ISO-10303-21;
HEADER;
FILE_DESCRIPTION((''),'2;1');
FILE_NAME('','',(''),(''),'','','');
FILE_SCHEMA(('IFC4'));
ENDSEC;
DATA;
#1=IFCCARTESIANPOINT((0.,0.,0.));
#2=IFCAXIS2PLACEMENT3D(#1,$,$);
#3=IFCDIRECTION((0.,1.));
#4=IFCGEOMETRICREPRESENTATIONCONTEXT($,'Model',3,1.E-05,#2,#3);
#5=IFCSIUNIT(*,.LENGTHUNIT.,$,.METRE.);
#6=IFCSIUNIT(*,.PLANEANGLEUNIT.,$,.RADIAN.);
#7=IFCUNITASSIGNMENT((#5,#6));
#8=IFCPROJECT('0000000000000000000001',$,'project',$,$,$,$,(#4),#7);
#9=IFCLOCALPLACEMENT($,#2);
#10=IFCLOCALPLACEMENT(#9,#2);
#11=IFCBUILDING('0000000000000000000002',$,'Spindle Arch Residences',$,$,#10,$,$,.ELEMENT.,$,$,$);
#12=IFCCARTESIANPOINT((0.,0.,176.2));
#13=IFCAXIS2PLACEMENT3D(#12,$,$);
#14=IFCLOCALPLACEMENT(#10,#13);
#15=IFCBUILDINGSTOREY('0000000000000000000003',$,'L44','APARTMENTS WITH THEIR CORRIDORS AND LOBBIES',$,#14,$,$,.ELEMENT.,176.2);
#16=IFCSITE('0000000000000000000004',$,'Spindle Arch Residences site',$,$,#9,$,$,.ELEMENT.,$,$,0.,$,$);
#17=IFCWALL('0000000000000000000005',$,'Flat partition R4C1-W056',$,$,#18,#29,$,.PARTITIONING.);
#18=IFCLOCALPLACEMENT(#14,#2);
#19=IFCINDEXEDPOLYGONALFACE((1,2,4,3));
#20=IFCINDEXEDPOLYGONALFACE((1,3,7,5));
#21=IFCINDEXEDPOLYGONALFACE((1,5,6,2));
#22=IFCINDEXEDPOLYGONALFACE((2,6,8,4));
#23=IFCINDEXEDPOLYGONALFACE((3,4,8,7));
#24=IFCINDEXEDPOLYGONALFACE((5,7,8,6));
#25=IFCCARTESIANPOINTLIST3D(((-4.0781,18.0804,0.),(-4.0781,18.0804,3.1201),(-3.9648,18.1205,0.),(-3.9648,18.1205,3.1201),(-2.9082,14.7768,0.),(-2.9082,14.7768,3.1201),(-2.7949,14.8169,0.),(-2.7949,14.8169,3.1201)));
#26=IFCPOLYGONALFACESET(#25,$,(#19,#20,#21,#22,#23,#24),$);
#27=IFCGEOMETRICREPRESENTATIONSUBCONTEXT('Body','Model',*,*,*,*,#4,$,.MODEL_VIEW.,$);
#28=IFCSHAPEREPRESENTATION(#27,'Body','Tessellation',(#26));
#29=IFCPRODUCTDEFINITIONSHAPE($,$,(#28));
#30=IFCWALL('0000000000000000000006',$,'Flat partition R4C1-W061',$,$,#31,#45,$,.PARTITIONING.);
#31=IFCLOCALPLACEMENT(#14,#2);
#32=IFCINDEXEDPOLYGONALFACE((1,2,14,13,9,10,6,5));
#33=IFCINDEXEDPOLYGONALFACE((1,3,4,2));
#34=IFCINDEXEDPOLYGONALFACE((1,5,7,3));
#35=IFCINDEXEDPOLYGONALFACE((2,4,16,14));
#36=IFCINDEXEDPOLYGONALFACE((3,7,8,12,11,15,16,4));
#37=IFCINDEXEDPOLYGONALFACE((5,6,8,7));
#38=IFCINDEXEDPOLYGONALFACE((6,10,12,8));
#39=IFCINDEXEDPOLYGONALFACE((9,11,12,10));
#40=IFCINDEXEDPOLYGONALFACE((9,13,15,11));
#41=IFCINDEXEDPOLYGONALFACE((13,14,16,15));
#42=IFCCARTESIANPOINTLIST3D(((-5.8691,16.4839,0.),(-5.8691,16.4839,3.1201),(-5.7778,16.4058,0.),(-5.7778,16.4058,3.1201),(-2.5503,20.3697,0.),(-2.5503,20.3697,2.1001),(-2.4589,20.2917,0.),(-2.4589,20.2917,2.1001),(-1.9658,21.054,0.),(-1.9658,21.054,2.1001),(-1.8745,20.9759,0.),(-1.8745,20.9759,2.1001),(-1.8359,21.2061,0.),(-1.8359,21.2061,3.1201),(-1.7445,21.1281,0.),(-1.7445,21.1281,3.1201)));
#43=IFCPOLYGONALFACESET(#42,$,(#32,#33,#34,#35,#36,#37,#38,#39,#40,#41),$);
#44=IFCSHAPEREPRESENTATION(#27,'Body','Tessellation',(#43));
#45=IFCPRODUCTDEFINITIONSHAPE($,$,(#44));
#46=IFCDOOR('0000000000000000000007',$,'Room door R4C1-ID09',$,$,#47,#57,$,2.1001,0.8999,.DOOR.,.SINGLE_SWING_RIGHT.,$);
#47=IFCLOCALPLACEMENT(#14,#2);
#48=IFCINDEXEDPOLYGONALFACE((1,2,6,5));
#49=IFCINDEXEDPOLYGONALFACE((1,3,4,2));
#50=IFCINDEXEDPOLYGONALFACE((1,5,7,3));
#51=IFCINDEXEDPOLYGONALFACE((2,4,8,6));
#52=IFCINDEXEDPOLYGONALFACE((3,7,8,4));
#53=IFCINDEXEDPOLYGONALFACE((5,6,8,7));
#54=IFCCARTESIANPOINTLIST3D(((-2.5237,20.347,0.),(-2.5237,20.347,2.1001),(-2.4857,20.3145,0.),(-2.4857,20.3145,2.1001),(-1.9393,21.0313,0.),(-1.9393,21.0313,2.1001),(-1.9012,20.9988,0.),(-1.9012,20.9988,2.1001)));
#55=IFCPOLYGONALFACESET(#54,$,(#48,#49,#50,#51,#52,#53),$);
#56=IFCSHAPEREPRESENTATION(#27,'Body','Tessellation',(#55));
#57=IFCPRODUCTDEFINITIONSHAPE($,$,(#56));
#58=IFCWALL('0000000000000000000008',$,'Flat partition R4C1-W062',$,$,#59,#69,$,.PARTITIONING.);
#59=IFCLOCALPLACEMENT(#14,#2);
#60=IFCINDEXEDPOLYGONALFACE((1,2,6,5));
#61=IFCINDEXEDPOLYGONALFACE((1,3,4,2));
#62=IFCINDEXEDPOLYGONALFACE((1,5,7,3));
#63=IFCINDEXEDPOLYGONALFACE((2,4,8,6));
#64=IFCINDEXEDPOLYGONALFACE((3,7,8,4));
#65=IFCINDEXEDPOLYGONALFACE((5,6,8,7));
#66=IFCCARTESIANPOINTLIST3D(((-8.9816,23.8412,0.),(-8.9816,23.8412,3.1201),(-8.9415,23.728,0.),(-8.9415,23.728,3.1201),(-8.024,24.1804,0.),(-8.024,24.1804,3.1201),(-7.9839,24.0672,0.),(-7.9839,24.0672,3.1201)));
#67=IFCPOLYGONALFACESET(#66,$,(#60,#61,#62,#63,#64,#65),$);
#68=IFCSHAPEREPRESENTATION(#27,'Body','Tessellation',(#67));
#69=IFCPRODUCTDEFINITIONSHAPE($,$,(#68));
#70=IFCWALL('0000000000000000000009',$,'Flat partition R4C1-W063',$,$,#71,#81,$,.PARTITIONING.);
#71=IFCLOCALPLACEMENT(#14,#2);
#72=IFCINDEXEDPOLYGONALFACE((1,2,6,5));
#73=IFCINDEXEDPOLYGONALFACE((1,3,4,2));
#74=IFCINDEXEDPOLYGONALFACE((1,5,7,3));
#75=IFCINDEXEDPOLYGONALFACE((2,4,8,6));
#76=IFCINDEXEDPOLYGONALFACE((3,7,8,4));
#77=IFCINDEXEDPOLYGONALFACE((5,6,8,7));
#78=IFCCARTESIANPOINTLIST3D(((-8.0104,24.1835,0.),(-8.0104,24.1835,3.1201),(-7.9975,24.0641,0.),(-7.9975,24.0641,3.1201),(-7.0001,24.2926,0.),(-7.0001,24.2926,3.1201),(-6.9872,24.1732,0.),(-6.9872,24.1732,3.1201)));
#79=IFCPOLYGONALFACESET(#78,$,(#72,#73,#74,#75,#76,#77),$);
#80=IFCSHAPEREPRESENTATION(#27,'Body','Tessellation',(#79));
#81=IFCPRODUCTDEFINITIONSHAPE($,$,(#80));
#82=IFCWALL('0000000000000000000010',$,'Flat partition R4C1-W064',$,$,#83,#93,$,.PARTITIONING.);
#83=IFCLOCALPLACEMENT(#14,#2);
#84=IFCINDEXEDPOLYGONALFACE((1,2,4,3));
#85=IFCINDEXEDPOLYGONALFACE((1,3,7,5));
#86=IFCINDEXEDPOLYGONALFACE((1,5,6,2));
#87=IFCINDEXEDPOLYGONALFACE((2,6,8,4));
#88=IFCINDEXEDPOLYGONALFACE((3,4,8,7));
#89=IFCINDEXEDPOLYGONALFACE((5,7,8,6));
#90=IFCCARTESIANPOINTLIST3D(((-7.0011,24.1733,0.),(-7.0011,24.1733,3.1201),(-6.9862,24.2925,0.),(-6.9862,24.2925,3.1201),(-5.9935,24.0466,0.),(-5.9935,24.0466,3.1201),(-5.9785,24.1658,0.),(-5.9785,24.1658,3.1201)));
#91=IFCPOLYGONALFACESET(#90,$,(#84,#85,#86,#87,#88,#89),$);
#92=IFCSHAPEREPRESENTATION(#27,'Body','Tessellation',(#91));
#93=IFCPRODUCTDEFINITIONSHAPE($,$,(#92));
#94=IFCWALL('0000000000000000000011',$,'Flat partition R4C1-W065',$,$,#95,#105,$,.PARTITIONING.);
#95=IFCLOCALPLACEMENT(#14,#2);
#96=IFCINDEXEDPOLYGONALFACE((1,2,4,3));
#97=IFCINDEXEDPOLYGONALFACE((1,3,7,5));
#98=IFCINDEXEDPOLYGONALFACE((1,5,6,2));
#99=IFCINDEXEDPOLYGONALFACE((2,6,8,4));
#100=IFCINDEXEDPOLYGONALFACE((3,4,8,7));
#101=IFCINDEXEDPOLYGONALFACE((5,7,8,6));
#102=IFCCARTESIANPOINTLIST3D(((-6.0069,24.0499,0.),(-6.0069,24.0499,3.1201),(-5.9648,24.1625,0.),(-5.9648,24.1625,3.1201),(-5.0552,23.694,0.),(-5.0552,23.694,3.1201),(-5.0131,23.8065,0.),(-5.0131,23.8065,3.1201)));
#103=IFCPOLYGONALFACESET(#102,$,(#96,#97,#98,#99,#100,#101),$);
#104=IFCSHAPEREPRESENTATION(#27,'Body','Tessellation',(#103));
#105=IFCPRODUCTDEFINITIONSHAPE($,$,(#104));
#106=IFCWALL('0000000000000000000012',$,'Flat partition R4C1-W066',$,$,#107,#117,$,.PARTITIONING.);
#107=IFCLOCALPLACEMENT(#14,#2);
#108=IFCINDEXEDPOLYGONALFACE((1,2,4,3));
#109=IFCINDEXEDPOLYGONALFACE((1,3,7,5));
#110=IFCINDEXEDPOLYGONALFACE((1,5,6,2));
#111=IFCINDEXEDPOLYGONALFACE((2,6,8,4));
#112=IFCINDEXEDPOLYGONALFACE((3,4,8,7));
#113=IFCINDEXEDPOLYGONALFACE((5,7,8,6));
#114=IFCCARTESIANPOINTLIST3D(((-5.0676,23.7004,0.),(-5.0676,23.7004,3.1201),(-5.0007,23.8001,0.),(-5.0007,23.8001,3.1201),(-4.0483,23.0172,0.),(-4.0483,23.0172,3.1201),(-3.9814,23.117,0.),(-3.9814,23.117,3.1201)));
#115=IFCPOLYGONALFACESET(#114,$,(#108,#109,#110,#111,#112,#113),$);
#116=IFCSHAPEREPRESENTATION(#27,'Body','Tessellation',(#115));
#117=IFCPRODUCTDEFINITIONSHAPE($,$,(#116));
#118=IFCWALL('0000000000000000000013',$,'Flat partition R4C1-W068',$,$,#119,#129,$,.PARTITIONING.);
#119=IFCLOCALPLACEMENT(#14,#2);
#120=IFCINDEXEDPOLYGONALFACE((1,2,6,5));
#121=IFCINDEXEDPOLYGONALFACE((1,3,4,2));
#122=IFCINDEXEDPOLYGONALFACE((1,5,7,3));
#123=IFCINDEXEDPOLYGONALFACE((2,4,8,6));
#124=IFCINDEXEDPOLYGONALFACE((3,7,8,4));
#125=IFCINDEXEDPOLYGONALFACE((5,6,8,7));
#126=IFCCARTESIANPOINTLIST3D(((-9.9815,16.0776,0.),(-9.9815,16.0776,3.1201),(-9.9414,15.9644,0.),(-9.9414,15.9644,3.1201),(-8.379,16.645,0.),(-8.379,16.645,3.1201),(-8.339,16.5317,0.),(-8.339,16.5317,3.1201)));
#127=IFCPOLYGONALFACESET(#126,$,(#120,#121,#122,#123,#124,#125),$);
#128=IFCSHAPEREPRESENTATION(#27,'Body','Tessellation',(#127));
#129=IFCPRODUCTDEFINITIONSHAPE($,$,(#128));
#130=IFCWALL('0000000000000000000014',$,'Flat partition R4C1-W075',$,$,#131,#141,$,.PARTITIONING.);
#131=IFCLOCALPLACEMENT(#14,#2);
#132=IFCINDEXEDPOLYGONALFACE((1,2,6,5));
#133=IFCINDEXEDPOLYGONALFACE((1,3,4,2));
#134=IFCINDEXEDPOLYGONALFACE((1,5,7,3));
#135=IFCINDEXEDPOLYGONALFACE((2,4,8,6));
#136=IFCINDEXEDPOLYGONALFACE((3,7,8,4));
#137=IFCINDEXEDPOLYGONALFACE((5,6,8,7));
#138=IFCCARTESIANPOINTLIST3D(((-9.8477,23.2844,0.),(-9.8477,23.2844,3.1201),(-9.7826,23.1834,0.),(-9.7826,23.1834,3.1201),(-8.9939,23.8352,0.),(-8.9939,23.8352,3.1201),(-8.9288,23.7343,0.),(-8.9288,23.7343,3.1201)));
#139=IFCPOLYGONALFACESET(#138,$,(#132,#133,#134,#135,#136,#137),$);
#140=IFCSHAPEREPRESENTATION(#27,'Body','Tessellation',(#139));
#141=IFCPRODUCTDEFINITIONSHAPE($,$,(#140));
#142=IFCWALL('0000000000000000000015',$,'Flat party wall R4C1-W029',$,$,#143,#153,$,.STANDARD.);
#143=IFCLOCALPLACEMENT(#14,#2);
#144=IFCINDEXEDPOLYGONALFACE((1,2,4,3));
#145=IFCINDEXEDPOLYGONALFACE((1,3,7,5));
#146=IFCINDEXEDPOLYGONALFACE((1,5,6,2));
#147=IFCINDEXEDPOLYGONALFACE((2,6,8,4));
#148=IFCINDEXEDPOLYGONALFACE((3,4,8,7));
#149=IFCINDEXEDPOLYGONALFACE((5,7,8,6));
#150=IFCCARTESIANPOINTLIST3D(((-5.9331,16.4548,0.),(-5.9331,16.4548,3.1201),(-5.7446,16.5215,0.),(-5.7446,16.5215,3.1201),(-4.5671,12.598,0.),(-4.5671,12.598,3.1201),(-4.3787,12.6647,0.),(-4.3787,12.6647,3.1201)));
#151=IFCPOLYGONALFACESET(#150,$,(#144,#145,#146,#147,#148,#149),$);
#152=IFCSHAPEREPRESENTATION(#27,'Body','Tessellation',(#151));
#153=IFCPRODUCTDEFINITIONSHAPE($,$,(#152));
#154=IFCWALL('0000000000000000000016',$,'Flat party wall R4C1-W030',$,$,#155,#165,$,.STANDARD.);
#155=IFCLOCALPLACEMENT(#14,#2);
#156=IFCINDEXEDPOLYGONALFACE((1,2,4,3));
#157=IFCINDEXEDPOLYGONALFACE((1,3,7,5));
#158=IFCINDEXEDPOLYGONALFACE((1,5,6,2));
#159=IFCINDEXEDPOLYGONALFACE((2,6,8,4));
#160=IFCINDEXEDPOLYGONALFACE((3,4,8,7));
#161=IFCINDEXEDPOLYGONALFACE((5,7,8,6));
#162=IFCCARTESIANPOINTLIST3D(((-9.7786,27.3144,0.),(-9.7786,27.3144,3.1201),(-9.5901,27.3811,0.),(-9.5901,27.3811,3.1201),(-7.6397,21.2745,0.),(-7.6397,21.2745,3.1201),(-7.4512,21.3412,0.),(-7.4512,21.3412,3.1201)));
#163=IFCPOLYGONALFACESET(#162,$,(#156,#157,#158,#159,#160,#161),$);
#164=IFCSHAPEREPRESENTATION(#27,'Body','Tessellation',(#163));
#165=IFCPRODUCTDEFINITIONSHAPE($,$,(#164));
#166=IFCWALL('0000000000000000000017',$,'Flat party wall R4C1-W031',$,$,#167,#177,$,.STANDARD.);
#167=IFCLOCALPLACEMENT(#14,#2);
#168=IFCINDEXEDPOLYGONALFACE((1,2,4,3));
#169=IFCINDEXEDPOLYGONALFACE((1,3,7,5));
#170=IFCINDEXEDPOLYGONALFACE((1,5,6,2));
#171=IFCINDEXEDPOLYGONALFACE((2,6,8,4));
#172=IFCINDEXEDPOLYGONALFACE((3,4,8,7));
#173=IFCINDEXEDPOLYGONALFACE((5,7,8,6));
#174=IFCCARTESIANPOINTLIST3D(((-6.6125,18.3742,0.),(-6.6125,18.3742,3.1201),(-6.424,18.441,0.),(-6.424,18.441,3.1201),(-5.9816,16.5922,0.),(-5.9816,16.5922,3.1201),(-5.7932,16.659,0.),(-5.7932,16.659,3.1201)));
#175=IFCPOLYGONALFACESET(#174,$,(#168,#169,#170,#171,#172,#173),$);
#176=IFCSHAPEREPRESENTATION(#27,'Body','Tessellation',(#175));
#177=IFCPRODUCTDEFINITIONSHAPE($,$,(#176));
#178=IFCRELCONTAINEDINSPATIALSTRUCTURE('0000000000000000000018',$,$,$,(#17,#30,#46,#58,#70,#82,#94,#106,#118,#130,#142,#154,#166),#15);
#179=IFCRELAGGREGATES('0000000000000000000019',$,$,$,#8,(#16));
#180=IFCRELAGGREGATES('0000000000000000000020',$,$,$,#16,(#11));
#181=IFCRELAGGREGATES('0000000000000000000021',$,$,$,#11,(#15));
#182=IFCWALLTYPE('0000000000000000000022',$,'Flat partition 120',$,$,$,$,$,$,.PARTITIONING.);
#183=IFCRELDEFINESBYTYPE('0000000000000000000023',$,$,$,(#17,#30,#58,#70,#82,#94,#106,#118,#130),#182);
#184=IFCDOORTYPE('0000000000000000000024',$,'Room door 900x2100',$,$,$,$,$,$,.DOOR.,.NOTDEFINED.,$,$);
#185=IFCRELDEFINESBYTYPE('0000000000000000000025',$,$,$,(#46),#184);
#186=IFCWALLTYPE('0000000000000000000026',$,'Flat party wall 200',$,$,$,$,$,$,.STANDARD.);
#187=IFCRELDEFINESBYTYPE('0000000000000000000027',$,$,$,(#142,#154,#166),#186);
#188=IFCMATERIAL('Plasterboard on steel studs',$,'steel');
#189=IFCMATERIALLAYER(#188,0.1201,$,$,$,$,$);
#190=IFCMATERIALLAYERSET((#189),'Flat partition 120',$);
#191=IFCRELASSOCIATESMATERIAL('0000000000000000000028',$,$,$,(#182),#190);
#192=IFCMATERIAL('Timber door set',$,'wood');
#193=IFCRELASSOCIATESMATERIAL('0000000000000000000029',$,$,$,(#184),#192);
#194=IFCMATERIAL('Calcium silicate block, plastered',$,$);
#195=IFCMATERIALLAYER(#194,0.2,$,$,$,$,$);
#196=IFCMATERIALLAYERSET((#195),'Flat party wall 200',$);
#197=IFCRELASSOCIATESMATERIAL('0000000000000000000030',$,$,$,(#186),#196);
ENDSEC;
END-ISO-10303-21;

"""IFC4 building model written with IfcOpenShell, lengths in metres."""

from ifc_helpers import new_model, si_unit, direction, frame, frame_2d, origin, place, context, subcontext, project, spatial, rectangle, extrude, material, layer, layer_set, type_object, element, fill, save


model = new_model("IFC4")

# Units and contexts
model_context = context("Model", 3, precision=1e-05, world=origin(), true_north=direction((0.0, 1.0)))
body_context = subcontext(model_context, "Body", "Model", "MODEL_VIEW")
ifc_project = project(units=[si_unit("LENGTHUNIT", "METRE"), si_unit("PLANEANGLEUNIT", "RADIAN")], contexts=[model_context])

# Site, building, storey
site_placement = place(None, origin())
site = spatial("IfcSite", under=ifc_project, at=site_placement, Name="Spindle Arch Residences site", CompositionType="ELEMENT", RefElevation=0.0)
building_placement = place(site_placement, origin())
building = spatial("IfcBuilding", under=site, at=building_placement, Name="Spindle Arch Residences", CompositionType="ELEMENT")
storey_placement = place(building_placement, frame((0.0, 0.0, 176.2)))
storey = spatial("IfcBuildingStorey", under=building, at=storey_placement, Name="L44", Description="APARTMENTS WITH THEIR CORRIDORS AND LOBBIES", CompositionType="ELEMENT", Elevation=176.2)

# Wall
ifc_material_1 = material(Name="Plasterboard on steel studs", Category="steel")
ifc_layer_1 = layer(ifc_material_1, 0.1201)
ifc_layer_set_1 = layer_set([ifc_layer_1], Name="Flat partition 120")
wall_type_1 = type_object("IfcWallType", Name="Flat partition 120", PredefinedType="PARTITIONING", material=ifc_layer_set_1)
wall_1_placement = place(storey_placement, frame((-4.0215, 18.1006, 0.0), z_axis=(0.0, 0.0, 1.0), x_axis=(0.333811, -0.94264, 0.0)))
element("IfcWall", 1, at=wall_1_placement, inside=storey, type_object=wall_type_1, Name="Flat partition R4C1-W056", PredefinedType="PARTITIONING", context=body_context, shape_type="SweptSolid", body=[
    extrude(rectangle(XDim=3.5046, YDim=0.1201, at=frame_2d((1.7524, 0.0))), origin(), (0.0, 0.0, 1.0), 3.1201),
])

# Wall, opening, door
wall_2_placement = place(storey_placement, frame((-1.7903, 21.167, 0.0), z_axis=(0.0, 0.0, 1.0), x_axis=(-0.649456, -0.760399, 0.0)))
wall_2 = element("IfcWall", 2, at=wall_2_placement, inside=storey, type_object=wall_type_1, Name="Flat partition R4C1-W061", PredefinedType="PARTITIONING", context=body_context, shape_type="SweptSolid", body=[
    extrude(rectangle(XDim=6.2102, YDim=0.1201, at=frame_2d((3.105, 0.0))), origin(), (0.0, 0.0, 1.0), 3.1201),
])
opening_placement = place(wall_2_placement, frame((0.2, 0.0, 0.0)))
opening = element("IfcOpeningElement", 3, at=opening_placement, cuts=wall_2, PredefinedType="OPENING", context=body_context, shape_type="SweptSolid", body=[
    extrude(rectangle(XDim=0.8999, YDim=2.1001, at=frame_2d((0.45, 1.05))), frame((0.0, 0.0701, 0.0), z_axis=(0.0, -1.0, 0.0), x_axis=(1.0, 0.0, 0.0)), (0.0, 0.0, 1.0), 0.1401),
])
ifc_material_2 = material(Name="Timber door set", Category="wood")
door_type = type_object("IfcDoorType", Name="Room door 900x2100", OperationType="NOTDEFINED", PredefinedType="DOOR", material=ifc_material_2)
door_placement = place(opening_placement, origin())
door = element("IfcDoor", 4, at=door_placement, inside=storey, type_object=door_type, Name="Room door R4C1-ID09", OperationType="SINGLE_SWING_RIGHT", OverallHeight=2.1001, OverallWidth=0.8999, PredefinedType="DOOR", context=body_context, shape_type="SweptSolid", body=[
    extrude(rectangle(XDim=0.8999, YDim=2.1001, at=frame_2d((0.45, 1.05))), frame((0.0, 0.0249, 0.0), z_axis=(0.0, -1.0, 0.0), x_axis=(1.0, 0.0, 0.0)), (0.0, 0.0, 1.0), 0.05),
])
fill(opening, door)

# Walls
wall_3_placement = place(storey_placement, frame((-8.9614, 23.7847, 0.0), z_axis=(0.0, 0.0, 1.0), x_axis=(0.94263, 0.333838, 0.0)))
element("IfcWall", 5, at=wall_3_placement, inside=storey, type_object=wall_type_1, Name="Flat partition R4C1-W062", PredefinedType="PARTITIONING", context=body_context, shape_type="SweptSolid", body=[
    extrude(rectangle(XDim=1.0159, YDim=0.1201, at=frame_2d((0.5078, 0.0))), origin(), (0.0, 0.0, 1.0), 3.1201),
])
wall_4_placement = place(storey_placement, frame((-8.0039, 24.1238, 0.0), z_axis=(0.0, 0.0, 1.0), x_axis=(0.994216, 0.107398, 0.0)))
element("IfcWall", 6, at=wall_4_placement, inside=storey, type_object=wall_type_1, Name="Flat partition R4C1-W063", PredefinedType="PARTITIONING", context=body_context, shape_type="SweptSolid", body=[
    extrude(rectangle(XDim=1.0161, YDim=0.1201, at=frame_2d((0.5081, 0.0))), origin(), (0.0, 0.0, 1.0), 3.1201),
])
wall_5_placement = place(storey_placement, frame((-6.9937, 24.2329, 0.0), z_axis=(0.0, 0.0, 1.0), x_axis=(0.992189, -0.124745, 0.0)))
element("IfcWall", 7, at=wall_5_placement, inside=storey, type_object=wall_type_1, Name="Flat partition R4C1-W064", PredefinedType="PARTITIONING", context=body_context, shape_type="SweptSolid", body=[
    extrude(rectangle(XDim=1.0156, YDim=0.1201, at=frame_2d((0.5078, 0.0))), origin(), (0.0, 0.0, 1.0), 3.1201),
])
wall_6_placement = place(storey_placement, frame((-5.9858, 24.1062, 0.0), z_axis=(0.0, 0.0, 1.0), x_axis=(0.936625, -0.350333, 0.0)))
element("IfcWall", 8, at=wall_6_placement, inside=storey, type_object=wall_type_1, Name="Flat partition R4C1-W065", PredefinedType="PARTITIONING", context=body_context, shape_type="SweptSolid", body=[
    extrude(rectangle(XDim=1.0161, YDim=0.1201, at=frame_2d((0.5081, 0.0))), origin(), (0.0, 0.0, 1.0), 3.1201),
])
wall_7_placement = place(storey_placement, frame((-5.0342, 23.7502, 0.0), z_axis=(0.0, 0.0, 1.0), x_axis=(0.830701, -0.556719, 0.0)))
element("IfcWall", 9, at=wall_7_placement, inside=storey, type_object=wall_type_1, Name="Flat partition R4C1-W066", PredefinedType="PARTITIONING", context=body_context, shape_type="SweptSolid", body=[
    extrude(rectangle(XDim=1.2271, YDim=0.1201, at=frame_2d((0.6135, 0.0))), origin(), (0.0, 0.0, 1.0), 3.1201),
])
wall_8_placement = place(storey_placement, frame((-8.3589, 16.5884, 0.0), z_axis=(0.0, 0.0, 1.0), x_axis=(-0.942661, -0.333751, 0.0)))
element("IfcWall", 10, at=wall_8_placement, inside=storey, type_object=wall_type_1, Name="Flat partition R4C1-W068", PredefinedType="PARTITIONING", context=body_context, shape_type="SweptSolid", body=[
    extrude(rectangle(XDim=1.7, YDim=0.1201, at=frame_2d((0.8501, 0.0))), origin(), (0.0, 0.0, 1.0), 3.1201),
])
wall_9_placement = place(storey_placement, frame((-9.8152, 23.2339, 0.0), z_axis=(0.0, 0.0, 1.0), x_axis=(0.840311, 0.542105, 0.0)))
element("IfcWall", 11, at=wall_9_placement, inside=storey, type_object=wall_type_1, Name="Flat partition R4C1-W075", PredefinedType="PARTITIONING", context=body_context, shape_type="SweptSolid", body=[
    extrude(rectangle(XDim=1.0161, YDim=0.1201, at=frame_2d((0.5081, 0.0))), origin(), (0.0, 0.0, 1.0), 3.1201),
])
ifc_material_3 = material(Name="Calcium silicate block, plastered")
ifc_layer_2 = layer(ifc_material_3, 0.2)
ifc_layer_set_2 = layer_set([ifc_layer_2], Name="Flat party wall 200")
wall_type_2 = type_object("IfcWallType", Name="Flat party wall 200", PredefinedType="STANDARD", material=ifc_layer_set_2)
wall_10_placement = place(storey_placement, frame((-5.8389, 16.4883, 0.0), z_axis=(0.0, 0.0, 1.0), x_axis=(0.333841, -0.94263, 0.0)))
element("IfcWall", 12, at=wall_10_placement, inside=storey, type_object=wall_type_2, Name="Flat party wall R4C1-W029", PredefinedType="STANDARD", context=body_context, shape_type="SweptSolid", body=[
    extrude(rectangle(XDim=4.0916, YDim=0.2, at=frame_2d((2.0459, 0.0))), origin(), (0.0, 0.0, 1.0), 3.1201),
])
wall_11_placement = place(storey_placement, frame((-9.6843, 27.3477, 0.0), z_axis=(0.0, 0.0, 1.0), x_axis=(0.33381, -0.94264, 0.0)))
element("IfcWall", 13, at=wall_11_placement, inside=storey, type_object=wall_type_2, Name="Flat party wall R4C1-W030", PredefinedType="STANDARD", context=body_context, shape_type="SweptSolid", body=[
    extrude(rectangle(XDim=6.4075, YDim=0.2, at=frame_2d((3.2036, 0.0))), origin(), (0.0, 0.0, 1.0), 3.1201),
])
wall_12_placement = place(storey_placement, frame((-6.5183, 18.4077, 0.0), z_axis=(0.0, 0.0, 1.0), x_axis=(0.333725, -0.94267, 0.0)))
element("IfcWall", 14, at=wall_12_placement, inside=storey, type_object=wall_type_2, Name="Flat party wall R4C1-W031", PredefinedType="STANDARD", context=body_context, shape_type="SweptSolid", body=[
    extrude(rectangle(XDim=1.8904, YDim=0.2, at=frame_2d((0.9453, 0.0))), origin(), (0.0, 0.0, 1.0), 3.1201),
])

save(model, "model.ifc")
